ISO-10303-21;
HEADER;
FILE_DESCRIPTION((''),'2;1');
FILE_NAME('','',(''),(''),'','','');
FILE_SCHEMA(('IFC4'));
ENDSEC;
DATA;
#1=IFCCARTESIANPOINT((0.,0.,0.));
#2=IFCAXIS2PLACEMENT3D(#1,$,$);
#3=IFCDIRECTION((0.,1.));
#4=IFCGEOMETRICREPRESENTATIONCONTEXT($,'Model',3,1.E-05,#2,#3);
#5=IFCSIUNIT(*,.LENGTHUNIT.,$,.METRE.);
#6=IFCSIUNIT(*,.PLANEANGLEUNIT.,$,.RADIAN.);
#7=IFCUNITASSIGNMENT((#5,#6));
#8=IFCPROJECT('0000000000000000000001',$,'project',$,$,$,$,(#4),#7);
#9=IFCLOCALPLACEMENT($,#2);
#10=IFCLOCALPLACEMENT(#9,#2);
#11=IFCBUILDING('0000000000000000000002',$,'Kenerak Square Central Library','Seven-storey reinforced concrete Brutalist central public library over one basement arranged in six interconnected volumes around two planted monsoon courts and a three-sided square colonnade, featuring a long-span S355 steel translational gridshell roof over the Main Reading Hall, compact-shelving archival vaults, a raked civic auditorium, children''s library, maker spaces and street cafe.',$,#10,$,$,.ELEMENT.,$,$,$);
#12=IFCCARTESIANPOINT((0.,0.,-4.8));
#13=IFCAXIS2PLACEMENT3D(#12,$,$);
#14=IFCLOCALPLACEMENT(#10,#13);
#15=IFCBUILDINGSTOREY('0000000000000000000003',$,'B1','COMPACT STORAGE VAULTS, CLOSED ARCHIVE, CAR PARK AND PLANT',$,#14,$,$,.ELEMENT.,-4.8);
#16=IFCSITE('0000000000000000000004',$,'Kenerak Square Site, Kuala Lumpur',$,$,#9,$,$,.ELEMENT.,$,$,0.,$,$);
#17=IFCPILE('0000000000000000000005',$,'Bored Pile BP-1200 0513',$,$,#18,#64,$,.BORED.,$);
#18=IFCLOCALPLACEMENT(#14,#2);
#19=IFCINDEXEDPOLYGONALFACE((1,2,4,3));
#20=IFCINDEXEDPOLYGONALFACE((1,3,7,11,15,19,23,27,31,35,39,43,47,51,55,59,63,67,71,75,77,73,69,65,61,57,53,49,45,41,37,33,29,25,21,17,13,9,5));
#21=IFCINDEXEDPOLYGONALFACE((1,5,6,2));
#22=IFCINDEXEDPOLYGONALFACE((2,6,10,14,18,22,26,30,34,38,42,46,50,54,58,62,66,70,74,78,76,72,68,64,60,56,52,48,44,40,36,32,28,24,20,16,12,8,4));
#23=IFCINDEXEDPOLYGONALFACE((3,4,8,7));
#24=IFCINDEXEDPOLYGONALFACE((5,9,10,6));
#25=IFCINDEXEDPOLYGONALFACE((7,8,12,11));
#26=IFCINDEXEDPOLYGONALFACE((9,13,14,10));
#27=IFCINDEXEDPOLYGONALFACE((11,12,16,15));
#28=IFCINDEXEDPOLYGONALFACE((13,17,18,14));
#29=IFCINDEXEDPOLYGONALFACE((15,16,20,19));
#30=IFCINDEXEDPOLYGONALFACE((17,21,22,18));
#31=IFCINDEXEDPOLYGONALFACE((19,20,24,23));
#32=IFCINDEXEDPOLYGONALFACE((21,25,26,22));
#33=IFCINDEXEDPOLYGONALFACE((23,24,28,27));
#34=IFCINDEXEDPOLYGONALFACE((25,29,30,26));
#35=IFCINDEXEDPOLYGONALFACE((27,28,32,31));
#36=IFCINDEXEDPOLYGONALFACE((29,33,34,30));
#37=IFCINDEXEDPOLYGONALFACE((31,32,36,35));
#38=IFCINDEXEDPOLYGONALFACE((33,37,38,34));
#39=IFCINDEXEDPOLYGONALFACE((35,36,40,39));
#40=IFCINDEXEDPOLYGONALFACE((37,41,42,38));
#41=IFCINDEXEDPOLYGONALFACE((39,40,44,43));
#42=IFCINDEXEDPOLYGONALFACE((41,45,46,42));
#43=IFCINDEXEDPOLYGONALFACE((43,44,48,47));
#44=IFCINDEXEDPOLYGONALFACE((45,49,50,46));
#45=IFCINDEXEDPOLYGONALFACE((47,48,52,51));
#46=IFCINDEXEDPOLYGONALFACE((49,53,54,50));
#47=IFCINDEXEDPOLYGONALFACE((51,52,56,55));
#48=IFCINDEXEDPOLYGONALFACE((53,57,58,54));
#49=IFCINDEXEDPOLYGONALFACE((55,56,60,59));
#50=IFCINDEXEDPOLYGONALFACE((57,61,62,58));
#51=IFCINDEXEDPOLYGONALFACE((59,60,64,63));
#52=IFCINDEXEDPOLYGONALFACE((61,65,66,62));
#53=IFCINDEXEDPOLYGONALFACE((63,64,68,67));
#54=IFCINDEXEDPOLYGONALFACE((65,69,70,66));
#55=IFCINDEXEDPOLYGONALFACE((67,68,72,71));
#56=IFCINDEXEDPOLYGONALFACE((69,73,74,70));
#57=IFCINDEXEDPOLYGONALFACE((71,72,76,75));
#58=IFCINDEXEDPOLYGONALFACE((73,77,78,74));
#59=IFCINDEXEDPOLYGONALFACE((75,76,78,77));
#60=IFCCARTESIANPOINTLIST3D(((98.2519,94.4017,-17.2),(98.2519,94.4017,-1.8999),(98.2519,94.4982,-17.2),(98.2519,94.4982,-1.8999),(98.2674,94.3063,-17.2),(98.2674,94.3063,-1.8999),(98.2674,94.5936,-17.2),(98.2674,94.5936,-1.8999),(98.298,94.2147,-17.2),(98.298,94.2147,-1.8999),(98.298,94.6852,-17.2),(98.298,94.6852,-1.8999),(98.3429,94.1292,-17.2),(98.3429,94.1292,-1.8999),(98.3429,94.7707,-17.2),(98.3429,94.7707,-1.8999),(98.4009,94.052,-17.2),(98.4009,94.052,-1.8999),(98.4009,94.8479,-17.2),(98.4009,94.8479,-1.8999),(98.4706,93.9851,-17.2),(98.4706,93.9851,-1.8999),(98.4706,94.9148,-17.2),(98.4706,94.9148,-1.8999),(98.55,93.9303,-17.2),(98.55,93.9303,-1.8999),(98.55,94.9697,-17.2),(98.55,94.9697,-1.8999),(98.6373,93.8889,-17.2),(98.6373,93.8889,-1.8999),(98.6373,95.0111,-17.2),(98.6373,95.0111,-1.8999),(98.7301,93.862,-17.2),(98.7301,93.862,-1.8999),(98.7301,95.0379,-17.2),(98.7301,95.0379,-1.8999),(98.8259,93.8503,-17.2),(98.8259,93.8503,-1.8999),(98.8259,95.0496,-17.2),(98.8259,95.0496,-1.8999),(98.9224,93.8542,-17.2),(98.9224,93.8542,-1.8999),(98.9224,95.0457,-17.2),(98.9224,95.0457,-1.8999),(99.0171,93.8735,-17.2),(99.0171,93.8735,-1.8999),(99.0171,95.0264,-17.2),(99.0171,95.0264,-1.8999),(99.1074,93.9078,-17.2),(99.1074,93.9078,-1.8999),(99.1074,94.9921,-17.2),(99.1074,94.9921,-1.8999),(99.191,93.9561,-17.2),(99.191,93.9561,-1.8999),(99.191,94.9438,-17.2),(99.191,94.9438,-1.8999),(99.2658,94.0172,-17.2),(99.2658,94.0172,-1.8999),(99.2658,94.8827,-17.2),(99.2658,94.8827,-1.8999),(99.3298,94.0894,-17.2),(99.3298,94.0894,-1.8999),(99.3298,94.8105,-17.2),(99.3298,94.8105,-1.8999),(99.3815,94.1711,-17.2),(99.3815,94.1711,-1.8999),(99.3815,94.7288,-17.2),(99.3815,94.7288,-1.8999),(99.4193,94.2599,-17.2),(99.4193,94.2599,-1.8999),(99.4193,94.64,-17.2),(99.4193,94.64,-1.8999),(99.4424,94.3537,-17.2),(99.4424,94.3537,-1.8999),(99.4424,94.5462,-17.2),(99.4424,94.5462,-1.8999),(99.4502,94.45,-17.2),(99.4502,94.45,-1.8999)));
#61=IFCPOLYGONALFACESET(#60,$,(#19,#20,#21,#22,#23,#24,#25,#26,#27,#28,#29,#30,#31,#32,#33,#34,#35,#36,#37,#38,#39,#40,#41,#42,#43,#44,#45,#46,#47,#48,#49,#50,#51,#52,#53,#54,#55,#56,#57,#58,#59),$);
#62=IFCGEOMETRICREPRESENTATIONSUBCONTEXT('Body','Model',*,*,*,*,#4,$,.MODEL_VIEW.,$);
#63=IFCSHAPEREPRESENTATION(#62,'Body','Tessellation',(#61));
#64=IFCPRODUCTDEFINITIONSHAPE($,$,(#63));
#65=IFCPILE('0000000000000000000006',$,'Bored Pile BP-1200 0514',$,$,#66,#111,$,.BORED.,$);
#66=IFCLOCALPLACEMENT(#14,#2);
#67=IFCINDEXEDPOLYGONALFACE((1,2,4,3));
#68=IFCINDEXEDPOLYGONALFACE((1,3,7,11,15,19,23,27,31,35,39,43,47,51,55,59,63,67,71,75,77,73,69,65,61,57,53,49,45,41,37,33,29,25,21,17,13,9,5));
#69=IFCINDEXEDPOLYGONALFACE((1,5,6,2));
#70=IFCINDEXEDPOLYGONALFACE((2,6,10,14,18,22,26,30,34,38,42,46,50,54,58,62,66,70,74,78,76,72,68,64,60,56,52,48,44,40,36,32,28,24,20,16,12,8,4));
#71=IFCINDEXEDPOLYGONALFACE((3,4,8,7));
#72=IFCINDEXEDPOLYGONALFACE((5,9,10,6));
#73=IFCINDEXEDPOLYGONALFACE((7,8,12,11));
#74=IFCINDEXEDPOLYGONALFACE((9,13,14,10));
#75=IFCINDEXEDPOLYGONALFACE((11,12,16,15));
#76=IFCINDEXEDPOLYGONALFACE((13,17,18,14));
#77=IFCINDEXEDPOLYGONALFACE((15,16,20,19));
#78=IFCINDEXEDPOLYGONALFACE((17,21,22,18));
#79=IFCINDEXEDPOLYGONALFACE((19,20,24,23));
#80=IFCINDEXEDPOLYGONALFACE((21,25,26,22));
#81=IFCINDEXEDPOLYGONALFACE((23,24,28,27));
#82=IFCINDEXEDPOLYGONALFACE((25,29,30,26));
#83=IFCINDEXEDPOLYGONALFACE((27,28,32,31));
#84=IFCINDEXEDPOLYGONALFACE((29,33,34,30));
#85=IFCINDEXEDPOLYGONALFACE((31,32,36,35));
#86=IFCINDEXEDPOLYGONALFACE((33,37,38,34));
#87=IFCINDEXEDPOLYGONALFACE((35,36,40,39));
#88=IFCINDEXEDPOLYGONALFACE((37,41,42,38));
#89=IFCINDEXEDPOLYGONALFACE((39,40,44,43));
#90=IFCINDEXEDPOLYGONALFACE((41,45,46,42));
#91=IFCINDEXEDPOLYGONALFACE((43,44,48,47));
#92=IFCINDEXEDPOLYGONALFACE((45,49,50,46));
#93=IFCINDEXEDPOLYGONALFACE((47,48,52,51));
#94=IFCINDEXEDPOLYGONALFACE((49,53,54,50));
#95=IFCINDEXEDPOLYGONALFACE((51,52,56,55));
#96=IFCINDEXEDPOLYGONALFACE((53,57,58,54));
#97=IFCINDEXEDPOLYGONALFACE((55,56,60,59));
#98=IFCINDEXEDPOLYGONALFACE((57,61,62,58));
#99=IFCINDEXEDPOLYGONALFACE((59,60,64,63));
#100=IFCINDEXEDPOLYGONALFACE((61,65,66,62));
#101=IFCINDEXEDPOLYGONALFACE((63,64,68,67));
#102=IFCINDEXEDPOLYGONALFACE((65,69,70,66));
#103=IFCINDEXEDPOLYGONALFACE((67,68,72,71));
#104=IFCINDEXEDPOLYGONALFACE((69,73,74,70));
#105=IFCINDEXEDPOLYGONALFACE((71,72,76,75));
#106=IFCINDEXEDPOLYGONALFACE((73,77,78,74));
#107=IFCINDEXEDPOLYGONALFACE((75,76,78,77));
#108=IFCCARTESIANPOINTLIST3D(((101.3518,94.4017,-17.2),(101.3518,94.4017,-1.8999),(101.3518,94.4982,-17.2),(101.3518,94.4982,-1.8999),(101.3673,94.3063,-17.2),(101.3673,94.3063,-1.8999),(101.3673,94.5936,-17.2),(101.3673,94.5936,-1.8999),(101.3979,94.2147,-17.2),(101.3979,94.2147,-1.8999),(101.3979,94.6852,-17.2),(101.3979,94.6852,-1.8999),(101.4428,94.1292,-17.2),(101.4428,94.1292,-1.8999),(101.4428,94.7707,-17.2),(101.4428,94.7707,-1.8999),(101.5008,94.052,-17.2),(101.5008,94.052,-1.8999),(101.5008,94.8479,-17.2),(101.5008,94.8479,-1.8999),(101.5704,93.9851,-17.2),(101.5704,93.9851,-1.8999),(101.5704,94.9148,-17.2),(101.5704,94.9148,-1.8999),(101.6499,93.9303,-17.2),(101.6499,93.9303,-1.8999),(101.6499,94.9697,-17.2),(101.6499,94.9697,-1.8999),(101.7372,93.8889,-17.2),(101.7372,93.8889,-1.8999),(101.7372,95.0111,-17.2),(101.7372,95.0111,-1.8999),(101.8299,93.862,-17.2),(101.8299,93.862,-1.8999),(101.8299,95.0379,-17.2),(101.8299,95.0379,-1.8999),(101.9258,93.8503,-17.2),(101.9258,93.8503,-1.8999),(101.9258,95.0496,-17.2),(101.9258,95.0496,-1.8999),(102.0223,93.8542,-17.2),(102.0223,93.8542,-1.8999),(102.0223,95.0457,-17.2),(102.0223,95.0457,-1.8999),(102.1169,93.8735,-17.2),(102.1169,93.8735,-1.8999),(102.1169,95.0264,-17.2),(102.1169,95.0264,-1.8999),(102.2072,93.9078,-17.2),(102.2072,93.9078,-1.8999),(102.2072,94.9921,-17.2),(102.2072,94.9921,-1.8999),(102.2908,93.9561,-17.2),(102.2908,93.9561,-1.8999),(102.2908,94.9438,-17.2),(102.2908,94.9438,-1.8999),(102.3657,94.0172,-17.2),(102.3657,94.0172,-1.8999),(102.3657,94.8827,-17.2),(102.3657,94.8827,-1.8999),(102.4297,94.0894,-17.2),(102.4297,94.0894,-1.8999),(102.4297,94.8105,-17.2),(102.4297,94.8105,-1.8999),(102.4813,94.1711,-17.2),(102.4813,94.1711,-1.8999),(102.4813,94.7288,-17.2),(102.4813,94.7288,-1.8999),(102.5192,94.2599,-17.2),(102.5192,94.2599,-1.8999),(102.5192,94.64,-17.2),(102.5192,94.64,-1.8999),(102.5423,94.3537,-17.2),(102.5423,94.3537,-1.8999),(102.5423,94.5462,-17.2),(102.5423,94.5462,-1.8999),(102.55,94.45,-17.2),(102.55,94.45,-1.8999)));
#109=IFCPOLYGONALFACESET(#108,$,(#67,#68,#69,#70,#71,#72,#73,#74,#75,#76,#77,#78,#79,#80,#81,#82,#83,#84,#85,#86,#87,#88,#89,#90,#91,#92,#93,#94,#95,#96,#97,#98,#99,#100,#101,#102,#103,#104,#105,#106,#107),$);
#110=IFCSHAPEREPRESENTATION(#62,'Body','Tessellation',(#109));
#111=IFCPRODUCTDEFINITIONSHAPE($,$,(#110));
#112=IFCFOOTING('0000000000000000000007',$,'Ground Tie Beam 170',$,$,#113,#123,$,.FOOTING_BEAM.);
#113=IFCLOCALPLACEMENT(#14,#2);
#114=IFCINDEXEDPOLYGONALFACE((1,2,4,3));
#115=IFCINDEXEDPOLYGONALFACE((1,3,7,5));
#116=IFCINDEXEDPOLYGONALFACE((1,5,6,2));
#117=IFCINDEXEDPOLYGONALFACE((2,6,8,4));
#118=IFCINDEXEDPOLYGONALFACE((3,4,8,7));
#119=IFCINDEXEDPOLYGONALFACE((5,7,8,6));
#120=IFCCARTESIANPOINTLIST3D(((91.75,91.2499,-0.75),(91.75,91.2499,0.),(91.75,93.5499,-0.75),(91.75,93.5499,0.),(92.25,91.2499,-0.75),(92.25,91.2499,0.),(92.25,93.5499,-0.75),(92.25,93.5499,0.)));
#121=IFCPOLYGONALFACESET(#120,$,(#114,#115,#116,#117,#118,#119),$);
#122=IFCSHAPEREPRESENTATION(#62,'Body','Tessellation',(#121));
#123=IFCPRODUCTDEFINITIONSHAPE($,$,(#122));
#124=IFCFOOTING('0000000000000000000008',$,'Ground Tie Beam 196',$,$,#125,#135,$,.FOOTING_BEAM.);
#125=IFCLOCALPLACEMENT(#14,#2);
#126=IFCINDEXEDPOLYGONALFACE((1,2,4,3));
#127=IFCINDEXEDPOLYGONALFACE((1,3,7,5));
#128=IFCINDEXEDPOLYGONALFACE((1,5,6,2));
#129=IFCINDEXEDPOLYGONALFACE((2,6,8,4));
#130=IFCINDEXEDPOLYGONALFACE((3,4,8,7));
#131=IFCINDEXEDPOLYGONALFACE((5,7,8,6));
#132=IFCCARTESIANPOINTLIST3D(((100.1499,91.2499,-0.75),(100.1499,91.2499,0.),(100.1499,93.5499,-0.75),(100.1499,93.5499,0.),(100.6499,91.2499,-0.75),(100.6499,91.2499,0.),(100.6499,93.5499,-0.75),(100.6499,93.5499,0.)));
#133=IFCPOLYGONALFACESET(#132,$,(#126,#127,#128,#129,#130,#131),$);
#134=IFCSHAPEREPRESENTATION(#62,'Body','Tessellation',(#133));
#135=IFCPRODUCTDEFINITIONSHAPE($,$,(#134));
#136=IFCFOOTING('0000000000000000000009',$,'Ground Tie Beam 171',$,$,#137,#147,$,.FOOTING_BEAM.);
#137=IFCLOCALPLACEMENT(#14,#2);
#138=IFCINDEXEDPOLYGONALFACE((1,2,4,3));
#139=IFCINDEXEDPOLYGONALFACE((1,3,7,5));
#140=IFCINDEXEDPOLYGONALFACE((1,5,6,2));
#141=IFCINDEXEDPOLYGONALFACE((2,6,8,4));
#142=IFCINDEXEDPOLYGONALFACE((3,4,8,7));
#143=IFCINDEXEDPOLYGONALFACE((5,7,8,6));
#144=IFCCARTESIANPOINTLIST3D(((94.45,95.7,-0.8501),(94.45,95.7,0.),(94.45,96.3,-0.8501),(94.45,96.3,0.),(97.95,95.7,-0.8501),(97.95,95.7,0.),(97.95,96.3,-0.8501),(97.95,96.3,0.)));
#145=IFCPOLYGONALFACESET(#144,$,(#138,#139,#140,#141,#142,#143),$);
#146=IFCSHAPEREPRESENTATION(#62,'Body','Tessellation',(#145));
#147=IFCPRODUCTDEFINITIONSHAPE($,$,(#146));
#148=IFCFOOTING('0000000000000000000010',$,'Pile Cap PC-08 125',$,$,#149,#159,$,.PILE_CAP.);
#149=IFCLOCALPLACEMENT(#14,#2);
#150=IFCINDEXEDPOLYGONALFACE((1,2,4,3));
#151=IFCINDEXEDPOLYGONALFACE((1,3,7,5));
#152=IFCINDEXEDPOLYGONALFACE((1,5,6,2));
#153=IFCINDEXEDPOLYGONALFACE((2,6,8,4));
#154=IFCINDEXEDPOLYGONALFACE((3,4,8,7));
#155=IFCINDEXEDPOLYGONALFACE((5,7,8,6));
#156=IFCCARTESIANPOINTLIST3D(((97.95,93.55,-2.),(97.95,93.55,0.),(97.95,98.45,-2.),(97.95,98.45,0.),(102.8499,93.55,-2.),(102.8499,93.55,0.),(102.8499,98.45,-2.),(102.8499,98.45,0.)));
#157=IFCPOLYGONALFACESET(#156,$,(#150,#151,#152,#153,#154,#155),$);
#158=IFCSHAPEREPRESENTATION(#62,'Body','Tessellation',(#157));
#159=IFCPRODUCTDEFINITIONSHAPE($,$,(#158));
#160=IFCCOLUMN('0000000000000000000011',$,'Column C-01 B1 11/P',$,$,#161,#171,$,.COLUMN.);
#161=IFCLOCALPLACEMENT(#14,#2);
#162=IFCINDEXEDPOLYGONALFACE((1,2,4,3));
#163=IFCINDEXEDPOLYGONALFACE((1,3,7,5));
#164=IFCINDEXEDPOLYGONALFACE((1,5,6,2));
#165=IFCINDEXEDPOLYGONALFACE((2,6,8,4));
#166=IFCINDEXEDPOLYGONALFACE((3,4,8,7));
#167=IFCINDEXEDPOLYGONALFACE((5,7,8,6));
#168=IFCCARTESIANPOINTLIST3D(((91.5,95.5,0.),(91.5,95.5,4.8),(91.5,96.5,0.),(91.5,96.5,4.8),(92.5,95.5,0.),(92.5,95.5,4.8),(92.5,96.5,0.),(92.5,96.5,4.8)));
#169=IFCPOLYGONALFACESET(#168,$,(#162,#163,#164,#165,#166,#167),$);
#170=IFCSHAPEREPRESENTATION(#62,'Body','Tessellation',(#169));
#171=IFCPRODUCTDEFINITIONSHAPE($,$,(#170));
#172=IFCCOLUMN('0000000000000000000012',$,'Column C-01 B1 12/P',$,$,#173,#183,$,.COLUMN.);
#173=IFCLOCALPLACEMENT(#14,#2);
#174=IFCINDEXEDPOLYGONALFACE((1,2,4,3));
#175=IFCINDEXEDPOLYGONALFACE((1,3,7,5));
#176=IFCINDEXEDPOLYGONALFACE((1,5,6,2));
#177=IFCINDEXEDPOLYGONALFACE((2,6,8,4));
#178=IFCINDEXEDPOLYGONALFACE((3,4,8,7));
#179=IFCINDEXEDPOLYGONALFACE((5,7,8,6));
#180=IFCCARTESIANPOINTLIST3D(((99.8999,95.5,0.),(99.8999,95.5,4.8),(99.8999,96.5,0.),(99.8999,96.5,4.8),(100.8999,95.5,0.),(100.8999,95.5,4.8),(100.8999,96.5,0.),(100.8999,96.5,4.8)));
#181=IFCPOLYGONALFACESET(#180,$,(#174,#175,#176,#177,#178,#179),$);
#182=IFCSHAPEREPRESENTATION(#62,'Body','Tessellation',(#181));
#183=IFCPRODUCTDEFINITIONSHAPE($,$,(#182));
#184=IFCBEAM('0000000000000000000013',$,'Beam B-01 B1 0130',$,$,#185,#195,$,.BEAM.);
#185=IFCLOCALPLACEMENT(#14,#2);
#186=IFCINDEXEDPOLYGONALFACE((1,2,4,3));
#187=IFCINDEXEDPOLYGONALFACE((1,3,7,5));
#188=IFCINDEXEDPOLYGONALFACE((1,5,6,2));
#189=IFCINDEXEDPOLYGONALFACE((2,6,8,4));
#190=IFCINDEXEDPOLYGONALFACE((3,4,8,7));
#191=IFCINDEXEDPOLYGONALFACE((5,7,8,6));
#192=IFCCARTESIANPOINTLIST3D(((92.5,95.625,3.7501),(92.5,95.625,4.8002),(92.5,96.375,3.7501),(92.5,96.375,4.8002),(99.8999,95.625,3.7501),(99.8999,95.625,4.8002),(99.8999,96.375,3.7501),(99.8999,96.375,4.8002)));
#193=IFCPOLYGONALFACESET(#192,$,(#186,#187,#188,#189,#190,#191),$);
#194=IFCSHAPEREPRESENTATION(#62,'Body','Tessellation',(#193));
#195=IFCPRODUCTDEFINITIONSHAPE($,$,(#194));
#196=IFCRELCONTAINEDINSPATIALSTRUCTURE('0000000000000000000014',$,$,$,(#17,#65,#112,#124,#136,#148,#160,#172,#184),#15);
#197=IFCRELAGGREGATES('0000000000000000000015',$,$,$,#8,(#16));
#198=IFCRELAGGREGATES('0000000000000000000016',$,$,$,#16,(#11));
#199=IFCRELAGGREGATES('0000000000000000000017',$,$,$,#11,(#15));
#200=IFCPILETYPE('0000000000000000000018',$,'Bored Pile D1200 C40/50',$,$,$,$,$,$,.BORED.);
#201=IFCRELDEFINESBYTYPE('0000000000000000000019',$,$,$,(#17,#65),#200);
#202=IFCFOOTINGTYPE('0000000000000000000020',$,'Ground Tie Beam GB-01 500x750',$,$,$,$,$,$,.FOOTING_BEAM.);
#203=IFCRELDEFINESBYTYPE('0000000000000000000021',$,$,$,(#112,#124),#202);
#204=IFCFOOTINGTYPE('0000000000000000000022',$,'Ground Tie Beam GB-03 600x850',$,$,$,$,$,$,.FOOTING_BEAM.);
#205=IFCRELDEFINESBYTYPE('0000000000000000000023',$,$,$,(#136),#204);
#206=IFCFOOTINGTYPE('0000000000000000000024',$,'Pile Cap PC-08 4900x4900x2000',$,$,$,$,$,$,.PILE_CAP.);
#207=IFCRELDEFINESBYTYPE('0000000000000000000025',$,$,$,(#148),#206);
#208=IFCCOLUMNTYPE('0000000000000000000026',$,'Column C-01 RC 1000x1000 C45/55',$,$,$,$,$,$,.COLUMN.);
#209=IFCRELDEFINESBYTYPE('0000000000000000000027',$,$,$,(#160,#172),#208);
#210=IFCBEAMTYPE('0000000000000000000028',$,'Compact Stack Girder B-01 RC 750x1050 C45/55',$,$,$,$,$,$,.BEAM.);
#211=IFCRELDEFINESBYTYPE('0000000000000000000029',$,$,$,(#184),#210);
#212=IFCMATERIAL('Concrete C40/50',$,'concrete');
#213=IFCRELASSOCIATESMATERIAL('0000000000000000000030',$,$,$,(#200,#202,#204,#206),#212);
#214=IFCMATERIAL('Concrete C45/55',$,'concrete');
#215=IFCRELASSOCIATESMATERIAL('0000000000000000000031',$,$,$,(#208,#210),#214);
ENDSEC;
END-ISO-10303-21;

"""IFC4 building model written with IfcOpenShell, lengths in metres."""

from ifc_helpers import new_model, si_unit, direction, frame, origin, origin_2d, place, context, subcontext, project, spatial, rectangle, circle, extrude, material, material_profile, profile_set, type_object, element, save


model = new_model("IFC4")

# Units and contexts
model_context = context("Model", 3, precision=1e-05, world=origin(), true_north=direction((0.0, 1.0)))
body_context = subcontext(model_context, "Body", "Model", "MODEL_VIEW")
ifc_project = project(units=[si_unit("LENGTHUNIT", "METRE"), si_unit("PLANEANGLEUNIT", "RADIAN")], contexts=[model_context])

# Site, building, storey
site_placement = place(None, origin())
site = spatial("IfcSite", under=ifc_project, at=site_placement, Name="Kenerak Square Site, Kuala Lumpur", CompositionType="ELEMENT", RefElevation=0.0)
building_placement = place(site_placement, origin())
building = spatial("IfcBuilding", under=site, at=building_placement, Name="Kenerak Square Central Library", Description="Seven-storey reinforced concrete Brutalist central public library over one basement arranged in six interconnected volumes around two planted monsoon courts and a three-sided square colonnade, featuring a long-span S355 steel translational gridshell roof over the Main Reading Hall, compact-shelving archival vaults, a raked civic auditorium, children's library, maker spaces and street cafe.", CompositionType="ELEMENT")
storey_placement = place(building_placement, frame((0.0, 0.0, -4.8)))
storey = spatial("IfcBuildingStorey", under=building, at=storey_placement, Name="B1", Description="COMPACT STORAGE VAULTS, CLOSED ARCHIVE, CAR PARK AND PLANT", CompositionType="ELEMENT", Elevation=-4.8)

# Piles
ifc_material_1 = material(Name="Concrete C40/50", Category="concrete")
ifc_material_profile_1 = material_profile(ifc_material_1, circle(Radius=0.6001, at=origin_2d()), Name="BP D1200")
ifc_profile_set_1 = profile_set([ifc_material_profile_1], Name="Concrete C40/50")
pile_type = type_object("IfcPileType", Name="Bored Pile D1200 C40/50", PredefinedType="BORED", material=ifc_profile_set_1)
for number, where, z_axis, x_axis, name in (
    (1, (98.8501, 94.45, -1.8999), (0.0, 0.0, -1.0), (1.0, 0.0, 0.0), "Bored Pile BP-1200 0513"),
    (2, (101.95, 94.45, -1.8999), (0.0, 0.0, -1.0), (1.0, 0.0, 0.0), "Bored Pile BP-1200 0514"),
):
    element("IfcPile", number, at=place(storey_placement, frame(where, z_axis=z_axis, x_axis=x_axis)), inside=storey, type_object=pile_type, Name=name, PredefinedType="BORED", context=body_context, shape_type="SweptSolid", body=[
        extrude(circle(Radius=0.6001, at=origin_2d()), origin(), (0.0, 0.0, 1.0), 15.3),
    ])

# Footings
footing_type_1 = type_object("IfcFootingType", Name="Ground Tie Beam GB-01 500x750", PredefinedType="FOOTING_BEAM", material=ifc_material_1)
for number, where, z_axis, x_axis, name in (
    (3, (92.0, 92.3999, -0.75), (0.0, 0.0, 1.0), (1.0, 0.0, 0.0), "Ground Tie Beam 170"),
    (4, (100.3999, 92.3999, -0.75), (0.0, 0.0, 1.0), (1.0, 0.0, 0.0), "Ground Tie Beam 196"),
):
    element("IfcFooting", number, at=place(storey_placement, frame(where, z_axis=z_axis, x_axis=x_axis)), inside=storey, type_object=footing_type_1, Name=name, PredefinedType="FOOTING_BEAM", context=body_context, shape_type="SweptSolid", body=[
        extrude(rectangle(XDim=0.5, YDim=2.3, at=origin_2d()), origin(), (0.0, 0.0, 1.0), 0.75),
    ])
footing_type_2 = type_object("IfcFootingType", Name="Ground Tie Beam GB-03 600x850", PredefinedType="FOOTING_BEAM", material=ifc_material_1)
footing_1_placement = place(storey_placement, frame((96.2, 96.0, -0.8501), z_axis=(0.0, 0.0, 1.0), x_axis=(1.0, 0.0, 0.0)))
element("IfcFooting", 5, at=footing_1_placement, inside=storey, type_object=footing_type_2, Name="Ground Tie Beam 171", PredefinedType="FOOTING_BEAM", context=body_context, shape_type="SweptSolid", body=[
    extrude(rectangle(XDim=3.5, YDim=0.6001, at=origin_2d()), origin(), (0.0, 0.0, 1.0), 0.8501),
])
footing_type_3 = type_object("IfcFootingType", Name="Pile Cap PC-08 4900x4900x2000", PredefinedType="PILE_CAP", material=ifc_material_1)
footing_2_placement = place(storey_placement, frame((100.3999, 96.0, -2.0), z_axis=(0.0, 0.0, 1.0), x_axis=(1.0, 0.0, 0.0)))
element("IfcFooting", 6, at=footing_2_placement, inside=storey, type_object=footing_type_3, Name="Pile Cap PC-08 125", PredefinedType="PILE_CAP", context=body_context, shape_type="SweptSolid", body=[
    extrude(rectangle(XDim=4.8999, YDim=4.8999, at=origin_2d()), origin(), (0.0, 0.0, 1.0), 2.0),
])

# Columns
ifc_material_2 = material(Name="Concrete C45/55", Category="concrete")
ifc_material_profile_2 = material_profile(ifc_material_2, rectangle(XDim=1.0, YDim=1.0, at=origin_2d()), Name="RC 1000x1000")
ifc_profile_set_2 = profile_set([ifc_material_profile_2], Name="Concrete C45/55")
column_type = type_object("IfcColumnType", Name="Column C-01 RC 1000x1000 C45/55", PredefinedType="COLUMN", material=ifc_profile_set_2)
for number, where, z_axis, x_axis, name in (
    (7, (92.0, 96.0, 0.0), (0.0, 0.0, 1.0), (1.0, 0.0, 0.0), "Column C-01 B1 11/P"),
    (8, (100.3999, 96.0, 0.0), (0.0, 0.0, 1.0), (1.0, 0.0, 0.0), "Column C-01 B1 12/P"),
):
    element("IfcColumn", number, at=place(storey_placement, frame(where, z_axis=z_axis, x_axis=x_axis)), inside=storey, type_object=column_type, Name=name, PredefinedType="COLUMN", context=body_context, shape_type="SweptSolid", body=[
        extrude(rectangle(XDim=1.0, YDim=1.0, at=origin_2d()), origin(), (0.0, 0.0, 1.0), 4.8),
    ])

# Beam
ifc_material_profile_3 = material_profile(ifc_material_2, rectangle(XDim=0.75, YDim=1.05, at=origin_2d()), Name="RC 750x1050")
ifc_profile_set_3 = profile_set([ifc_material_profile_3], Name="Concrete C45/55")
beam_type_1 = type_object("IfcBeamType", Name="Compact Stack Girder B-01 RC 750x1050 C45/55", PredefinedType="BEAM", material=ifc_profile_set_3)
beam_1_placement = place(storey_placement, frame((92.5, 96.0, 4.2751), z_axis=(1.0, 0.0, 0.0), x_axis=(0.0, 1.0, 0.0)))
element("IfcBeam", 9, at=beam_1_placement, inside=storey, type_object=beam_type_1, Name="Beam B-01 B1 0130", PredefinedType="BEAM", context=body_context, shape_type="SweptSolid", body=[
    extrude(rectangle(XDim=0.75, YDim=1.05, at=origin_2d()), origin(), (0.0, 0.0, 1.0), 7.3999),
])

save(model, "model.ifc")
